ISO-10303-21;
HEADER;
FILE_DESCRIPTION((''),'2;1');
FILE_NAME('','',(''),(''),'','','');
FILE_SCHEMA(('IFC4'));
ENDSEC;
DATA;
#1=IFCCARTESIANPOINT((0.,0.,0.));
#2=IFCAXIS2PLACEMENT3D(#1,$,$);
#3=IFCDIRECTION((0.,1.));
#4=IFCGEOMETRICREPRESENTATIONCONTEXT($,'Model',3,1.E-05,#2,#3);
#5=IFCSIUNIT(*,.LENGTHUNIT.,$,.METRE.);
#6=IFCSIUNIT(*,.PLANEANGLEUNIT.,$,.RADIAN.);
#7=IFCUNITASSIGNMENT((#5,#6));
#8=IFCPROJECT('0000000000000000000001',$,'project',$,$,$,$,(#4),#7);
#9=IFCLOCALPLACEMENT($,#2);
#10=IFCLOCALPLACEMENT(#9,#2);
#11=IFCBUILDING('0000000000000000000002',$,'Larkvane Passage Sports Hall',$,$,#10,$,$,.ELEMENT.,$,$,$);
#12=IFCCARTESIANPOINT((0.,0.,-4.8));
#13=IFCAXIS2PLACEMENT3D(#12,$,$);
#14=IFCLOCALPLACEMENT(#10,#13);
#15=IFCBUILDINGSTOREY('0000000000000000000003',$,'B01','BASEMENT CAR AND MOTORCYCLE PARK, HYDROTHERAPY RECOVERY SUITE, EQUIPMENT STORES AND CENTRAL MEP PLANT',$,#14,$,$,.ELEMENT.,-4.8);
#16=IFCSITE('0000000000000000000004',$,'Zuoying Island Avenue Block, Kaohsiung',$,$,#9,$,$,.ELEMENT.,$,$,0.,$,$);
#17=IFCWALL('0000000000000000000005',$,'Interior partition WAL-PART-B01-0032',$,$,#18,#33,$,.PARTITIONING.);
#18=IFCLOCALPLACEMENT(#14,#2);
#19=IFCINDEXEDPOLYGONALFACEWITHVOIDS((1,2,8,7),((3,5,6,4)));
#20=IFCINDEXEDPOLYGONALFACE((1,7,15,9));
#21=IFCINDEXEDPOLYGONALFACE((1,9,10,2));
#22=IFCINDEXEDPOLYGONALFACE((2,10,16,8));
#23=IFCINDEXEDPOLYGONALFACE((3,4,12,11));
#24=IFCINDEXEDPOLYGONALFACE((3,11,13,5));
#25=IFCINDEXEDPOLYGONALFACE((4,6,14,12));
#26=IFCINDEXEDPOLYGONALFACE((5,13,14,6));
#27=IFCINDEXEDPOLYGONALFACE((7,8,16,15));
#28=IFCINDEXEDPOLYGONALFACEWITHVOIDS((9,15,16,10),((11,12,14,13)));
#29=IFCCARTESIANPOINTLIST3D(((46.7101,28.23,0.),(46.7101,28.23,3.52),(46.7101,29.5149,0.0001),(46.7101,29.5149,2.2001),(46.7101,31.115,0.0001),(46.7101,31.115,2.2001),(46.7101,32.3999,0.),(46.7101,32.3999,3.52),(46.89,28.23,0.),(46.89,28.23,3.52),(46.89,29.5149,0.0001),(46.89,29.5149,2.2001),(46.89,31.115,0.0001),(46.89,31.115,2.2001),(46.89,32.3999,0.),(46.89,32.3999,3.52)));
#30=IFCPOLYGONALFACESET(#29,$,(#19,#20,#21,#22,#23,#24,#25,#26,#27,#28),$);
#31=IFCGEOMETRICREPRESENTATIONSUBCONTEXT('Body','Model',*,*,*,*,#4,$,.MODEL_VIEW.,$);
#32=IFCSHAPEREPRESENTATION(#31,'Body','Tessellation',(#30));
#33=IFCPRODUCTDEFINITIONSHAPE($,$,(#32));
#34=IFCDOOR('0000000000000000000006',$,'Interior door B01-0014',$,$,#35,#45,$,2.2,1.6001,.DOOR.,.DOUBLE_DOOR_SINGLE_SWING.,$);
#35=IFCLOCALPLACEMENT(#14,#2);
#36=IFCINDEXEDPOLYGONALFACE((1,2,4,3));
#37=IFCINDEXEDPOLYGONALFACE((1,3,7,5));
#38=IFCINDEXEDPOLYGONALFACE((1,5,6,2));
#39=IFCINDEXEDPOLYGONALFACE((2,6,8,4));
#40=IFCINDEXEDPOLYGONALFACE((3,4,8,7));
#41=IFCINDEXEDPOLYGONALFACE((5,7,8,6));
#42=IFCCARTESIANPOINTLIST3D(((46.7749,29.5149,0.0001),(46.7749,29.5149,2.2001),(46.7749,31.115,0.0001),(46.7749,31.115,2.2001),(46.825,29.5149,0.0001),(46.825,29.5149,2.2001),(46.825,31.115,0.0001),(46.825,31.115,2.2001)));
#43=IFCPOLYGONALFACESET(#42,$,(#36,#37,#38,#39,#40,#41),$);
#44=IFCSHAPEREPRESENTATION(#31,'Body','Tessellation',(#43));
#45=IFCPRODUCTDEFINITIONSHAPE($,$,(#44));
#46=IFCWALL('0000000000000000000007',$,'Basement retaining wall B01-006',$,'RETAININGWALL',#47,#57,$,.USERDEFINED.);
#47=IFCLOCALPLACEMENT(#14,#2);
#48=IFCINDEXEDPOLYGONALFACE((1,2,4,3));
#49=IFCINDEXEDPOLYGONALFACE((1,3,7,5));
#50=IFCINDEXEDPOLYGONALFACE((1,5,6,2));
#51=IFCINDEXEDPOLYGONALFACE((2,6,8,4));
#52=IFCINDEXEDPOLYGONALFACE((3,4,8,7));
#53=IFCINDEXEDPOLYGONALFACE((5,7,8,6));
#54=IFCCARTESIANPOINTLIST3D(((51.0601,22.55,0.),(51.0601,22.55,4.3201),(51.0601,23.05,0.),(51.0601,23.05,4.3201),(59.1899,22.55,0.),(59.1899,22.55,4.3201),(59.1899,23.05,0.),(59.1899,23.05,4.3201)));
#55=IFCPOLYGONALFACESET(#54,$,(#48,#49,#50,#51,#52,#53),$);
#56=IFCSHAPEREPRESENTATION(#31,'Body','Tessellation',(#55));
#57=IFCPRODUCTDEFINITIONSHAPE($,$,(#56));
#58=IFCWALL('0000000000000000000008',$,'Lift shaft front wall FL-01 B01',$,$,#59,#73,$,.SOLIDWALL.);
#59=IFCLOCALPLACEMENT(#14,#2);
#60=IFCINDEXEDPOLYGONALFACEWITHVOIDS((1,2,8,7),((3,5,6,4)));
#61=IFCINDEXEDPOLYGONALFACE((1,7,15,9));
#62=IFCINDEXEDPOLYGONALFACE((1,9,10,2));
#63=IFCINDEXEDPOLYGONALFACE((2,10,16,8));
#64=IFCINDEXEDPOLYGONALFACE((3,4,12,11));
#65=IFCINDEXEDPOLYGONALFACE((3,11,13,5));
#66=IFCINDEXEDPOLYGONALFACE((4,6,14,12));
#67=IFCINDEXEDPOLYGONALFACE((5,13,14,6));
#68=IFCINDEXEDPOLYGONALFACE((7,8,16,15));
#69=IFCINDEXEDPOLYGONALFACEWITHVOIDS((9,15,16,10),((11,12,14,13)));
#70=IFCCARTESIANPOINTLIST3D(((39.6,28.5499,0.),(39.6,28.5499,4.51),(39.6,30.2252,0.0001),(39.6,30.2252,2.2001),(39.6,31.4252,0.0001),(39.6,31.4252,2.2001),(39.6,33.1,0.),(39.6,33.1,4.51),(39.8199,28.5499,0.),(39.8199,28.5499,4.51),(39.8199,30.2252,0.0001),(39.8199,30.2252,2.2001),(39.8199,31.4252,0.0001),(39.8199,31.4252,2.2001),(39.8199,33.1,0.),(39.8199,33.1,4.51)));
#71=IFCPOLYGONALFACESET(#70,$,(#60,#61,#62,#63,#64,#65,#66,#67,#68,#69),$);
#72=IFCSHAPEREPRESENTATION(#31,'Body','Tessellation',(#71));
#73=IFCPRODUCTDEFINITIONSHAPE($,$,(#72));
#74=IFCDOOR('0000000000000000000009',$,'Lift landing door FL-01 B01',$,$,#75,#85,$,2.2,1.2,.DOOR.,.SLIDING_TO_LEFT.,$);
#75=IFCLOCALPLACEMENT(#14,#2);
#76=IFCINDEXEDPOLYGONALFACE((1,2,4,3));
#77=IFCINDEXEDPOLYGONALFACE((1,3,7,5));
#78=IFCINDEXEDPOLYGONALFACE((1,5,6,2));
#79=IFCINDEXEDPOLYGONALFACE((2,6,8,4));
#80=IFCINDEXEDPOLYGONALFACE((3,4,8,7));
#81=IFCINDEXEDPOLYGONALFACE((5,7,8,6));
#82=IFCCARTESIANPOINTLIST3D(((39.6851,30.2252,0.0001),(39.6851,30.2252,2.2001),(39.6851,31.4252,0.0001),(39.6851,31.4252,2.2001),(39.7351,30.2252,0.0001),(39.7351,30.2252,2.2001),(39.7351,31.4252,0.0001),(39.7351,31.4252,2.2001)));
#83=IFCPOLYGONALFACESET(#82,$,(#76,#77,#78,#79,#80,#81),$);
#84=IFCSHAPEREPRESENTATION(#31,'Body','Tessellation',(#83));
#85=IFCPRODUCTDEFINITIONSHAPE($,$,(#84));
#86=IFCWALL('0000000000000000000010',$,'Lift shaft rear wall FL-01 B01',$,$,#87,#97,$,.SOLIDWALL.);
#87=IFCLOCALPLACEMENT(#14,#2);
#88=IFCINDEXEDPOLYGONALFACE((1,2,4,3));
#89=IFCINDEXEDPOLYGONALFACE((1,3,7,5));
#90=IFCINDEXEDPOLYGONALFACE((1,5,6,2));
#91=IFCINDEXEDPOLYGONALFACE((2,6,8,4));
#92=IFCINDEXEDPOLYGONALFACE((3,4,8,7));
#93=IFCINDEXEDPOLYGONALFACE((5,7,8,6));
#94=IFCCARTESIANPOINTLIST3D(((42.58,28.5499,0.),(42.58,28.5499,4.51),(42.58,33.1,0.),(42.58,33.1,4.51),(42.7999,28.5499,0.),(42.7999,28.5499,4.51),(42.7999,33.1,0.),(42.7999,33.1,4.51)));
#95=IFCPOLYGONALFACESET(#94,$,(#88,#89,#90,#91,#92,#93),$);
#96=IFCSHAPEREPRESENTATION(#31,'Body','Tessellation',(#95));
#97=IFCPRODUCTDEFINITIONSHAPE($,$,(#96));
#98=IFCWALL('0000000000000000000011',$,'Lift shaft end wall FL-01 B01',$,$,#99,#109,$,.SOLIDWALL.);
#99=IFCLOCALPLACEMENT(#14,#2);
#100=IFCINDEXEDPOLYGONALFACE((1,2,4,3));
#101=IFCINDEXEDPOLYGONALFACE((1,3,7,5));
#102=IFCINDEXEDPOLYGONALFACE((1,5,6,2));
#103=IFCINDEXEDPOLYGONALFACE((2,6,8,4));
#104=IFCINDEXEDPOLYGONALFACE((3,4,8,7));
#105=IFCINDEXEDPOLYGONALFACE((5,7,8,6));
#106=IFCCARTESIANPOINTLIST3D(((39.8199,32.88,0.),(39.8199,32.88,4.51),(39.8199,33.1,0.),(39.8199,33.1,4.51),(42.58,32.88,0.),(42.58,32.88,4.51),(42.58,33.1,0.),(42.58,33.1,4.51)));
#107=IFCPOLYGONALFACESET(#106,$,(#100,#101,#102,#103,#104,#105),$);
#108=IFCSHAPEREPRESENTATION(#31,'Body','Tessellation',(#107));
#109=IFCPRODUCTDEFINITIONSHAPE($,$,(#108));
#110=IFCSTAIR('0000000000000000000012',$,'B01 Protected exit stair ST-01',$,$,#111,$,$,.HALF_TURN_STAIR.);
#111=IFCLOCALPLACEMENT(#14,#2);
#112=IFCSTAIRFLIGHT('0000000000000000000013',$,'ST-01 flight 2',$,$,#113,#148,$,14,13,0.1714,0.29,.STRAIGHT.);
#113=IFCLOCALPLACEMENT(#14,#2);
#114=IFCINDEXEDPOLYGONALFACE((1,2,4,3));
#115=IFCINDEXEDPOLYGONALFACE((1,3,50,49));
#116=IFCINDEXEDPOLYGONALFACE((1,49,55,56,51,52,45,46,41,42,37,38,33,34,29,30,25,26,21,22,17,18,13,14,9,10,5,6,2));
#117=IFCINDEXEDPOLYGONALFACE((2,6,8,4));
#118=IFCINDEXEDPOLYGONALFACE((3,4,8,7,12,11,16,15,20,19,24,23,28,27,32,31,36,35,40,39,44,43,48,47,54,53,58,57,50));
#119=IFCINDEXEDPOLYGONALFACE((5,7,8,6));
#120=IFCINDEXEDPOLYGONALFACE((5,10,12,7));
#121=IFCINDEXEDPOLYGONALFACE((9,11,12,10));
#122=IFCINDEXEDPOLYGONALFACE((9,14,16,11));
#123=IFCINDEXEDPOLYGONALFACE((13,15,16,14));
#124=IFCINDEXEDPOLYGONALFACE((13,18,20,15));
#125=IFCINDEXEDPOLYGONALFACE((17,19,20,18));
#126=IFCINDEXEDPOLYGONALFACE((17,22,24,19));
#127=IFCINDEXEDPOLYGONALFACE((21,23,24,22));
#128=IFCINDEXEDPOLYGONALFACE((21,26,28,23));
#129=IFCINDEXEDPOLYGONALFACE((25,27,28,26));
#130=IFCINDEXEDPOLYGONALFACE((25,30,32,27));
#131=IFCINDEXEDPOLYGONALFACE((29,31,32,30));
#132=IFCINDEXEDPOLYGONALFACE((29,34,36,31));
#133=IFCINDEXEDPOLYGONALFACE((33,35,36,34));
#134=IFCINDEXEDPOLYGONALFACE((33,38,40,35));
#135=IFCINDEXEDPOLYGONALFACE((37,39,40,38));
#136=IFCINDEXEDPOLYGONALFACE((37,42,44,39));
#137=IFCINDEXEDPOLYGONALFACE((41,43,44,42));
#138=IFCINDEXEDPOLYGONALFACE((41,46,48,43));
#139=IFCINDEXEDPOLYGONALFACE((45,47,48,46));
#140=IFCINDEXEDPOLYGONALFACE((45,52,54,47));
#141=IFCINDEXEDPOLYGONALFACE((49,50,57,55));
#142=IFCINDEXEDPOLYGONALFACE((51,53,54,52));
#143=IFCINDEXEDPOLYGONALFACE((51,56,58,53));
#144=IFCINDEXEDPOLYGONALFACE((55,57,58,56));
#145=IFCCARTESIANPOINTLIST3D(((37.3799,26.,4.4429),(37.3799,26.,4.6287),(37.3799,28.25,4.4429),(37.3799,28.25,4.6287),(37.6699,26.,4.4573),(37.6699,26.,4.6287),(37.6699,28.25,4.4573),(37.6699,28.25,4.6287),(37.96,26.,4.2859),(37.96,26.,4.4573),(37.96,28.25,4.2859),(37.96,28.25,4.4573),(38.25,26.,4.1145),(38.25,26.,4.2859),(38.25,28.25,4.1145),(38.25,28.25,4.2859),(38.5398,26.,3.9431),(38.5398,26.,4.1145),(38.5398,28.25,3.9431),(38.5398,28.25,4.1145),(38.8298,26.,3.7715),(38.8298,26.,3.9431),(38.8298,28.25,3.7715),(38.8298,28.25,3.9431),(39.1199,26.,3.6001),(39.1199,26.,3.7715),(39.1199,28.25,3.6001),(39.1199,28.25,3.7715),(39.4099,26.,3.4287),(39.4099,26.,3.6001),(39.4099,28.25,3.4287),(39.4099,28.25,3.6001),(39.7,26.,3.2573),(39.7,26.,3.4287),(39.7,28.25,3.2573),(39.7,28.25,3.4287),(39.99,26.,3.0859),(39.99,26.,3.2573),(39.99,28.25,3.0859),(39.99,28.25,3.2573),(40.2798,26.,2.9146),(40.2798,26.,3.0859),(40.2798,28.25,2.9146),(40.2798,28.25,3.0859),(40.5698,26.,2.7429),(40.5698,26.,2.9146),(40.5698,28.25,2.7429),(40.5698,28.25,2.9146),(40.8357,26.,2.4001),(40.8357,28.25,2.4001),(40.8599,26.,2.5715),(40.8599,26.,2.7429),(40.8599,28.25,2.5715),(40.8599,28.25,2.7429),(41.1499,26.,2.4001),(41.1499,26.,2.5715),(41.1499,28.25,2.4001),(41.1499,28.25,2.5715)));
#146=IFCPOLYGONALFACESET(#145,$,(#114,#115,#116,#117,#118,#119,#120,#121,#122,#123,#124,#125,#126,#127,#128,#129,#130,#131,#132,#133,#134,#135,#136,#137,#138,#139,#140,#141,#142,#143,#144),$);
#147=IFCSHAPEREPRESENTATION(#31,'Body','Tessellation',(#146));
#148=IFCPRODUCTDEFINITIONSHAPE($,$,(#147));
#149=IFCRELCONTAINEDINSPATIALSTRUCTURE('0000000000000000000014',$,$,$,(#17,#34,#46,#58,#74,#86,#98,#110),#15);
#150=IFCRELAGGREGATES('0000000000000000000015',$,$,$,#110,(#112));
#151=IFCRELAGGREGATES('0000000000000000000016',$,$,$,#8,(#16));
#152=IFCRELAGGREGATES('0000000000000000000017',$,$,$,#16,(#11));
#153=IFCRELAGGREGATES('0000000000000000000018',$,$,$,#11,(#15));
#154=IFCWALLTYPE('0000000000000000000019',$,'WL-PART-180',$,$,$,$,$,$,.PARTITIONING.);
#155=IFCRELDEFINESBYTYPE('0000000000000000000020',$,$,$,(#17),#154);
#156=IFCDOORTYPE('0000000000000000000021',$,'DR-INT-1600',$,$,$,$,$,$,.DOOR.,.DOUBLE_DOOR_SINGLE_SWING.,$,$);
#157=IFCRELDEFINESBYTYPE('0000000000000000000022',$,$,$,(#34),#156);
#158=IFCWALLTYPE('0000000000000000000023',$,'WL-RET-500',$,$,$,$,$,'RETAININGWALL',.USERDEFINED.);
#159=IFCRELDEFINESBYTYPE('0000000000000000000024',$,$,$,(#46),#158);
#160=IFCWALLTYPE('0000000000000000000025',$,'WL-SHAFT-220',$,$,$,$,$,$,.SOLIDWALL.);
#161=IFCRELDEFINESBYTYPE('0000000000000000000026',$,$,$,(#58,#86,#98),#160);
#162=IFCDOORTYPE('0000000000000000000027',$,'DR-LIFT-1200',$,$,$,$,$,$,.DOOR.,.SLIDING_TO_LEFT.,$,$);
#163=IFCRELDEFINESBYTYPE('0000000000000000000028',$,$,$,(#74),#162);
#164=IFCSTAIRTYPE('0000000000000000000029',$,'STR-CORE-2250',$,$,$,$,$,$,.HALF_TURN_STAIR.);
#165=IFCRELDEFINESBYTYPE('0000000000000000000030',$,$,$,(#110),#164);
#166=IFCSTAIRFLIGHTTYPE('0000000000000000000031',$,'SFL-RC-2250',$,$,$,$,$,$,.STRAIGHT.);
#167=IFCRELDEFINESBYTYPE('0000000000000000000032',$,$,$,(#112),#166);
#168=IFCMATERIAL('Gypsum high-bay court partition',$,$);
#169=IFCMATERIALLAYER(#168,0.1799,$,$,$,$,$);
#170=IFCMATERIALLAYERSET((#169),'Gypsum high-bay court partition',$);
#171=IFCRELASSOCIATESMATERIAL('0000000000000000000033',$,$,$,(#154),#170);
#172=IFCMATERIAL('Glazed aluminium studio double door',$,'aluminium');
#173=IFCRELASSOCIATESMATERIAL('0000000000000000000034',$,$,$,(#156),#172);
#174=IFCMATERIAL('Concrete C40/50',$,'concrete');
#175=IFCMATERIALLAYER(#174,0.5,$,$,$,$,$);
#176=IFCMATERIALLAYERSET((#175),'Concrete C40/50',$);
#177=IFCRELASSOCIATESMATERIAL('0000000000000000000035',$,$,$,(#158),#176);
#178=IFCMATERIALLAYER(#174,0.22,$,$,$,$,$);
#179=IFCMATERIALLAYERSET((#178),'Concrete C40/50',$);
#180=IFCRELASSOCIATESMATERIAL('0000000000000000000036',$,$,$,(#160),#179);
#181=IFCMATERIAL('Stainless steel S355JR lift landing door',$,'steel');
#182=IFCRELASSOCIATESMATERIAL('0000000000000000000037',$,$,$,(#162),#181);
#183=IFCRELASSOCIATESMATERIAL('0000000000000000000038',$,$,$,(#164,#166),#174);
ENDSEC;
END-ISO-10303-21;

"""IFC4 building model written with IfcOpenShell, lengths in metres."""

from ifc_helpers import new_model, si_unit, direction, frame, frame_2d, origin, place, context, subcontext, project, spatial, polyline, rectangle, outline, extrude, material, layer, layer_set, type_object, element, fill, aggregate, save


model = new_model("IFC4")

# Units and contexts
model_context = context("Model", 3, precision=1e-05, world=origin(), true_north=direction((0.0, 1.0)))
body_context = subcontext(model_context, "Body", "Model", "MODEL_VIEW")
ifc_project = project(units=[si_unit("LENGTHUNIT", "METRE"), si_unit("PLANEANGLEUNIT", "RADIAN")], contexts=[model_context])

# Site, building, storey
site_placement = place(None, origin())
site = spatial("IfcSite", under=ifc_project, at=site_placement, Name="Zuoying Island Avenue Block, Kaohsiung", CompositionType="ELEMENT", RefElevation=0.0)
building_placement = place(site_placement, origin())
building = spatial("IfcBuilding", under=site, at=building_placement, Name="Larkvane Passage Sports Hall", CompositionType="ELEMENT")
storey_placement = place(building_placement, frame((0.0, 0.0, -4.8)))
storey = spatial("IfcBuildingStorey", under=building, at=storey_placement, Name="B01", Description="BASEMENT CAR AND MOTORCYCLE PARK, HYDROTHERAPY RECOVERY SUITE, EQUIPMENT STORES AND CENTRAL MEP PLANT", CompositionType="ELEMENT", Elevation=-4.8)

# Shared definitions
ifc_material_1 = material(Name="Concrete C40/50", Category="concrete")

# Wall, opening, door
ifc_material_2 = material(Name="Gypsum high-bay court partition")
ifc_layer_1 = layer(ifc_material_2, 0.1799)
ifc_layer_set_1 = layer_set([ifc_layer_1], Name="Gypsum high-bay court partition")
wall_type_1 = type_object("IfcWallType", Name="WL-PART-180", PredefinedType="PARTITIONING", material=ifc_layer_set_1)
wall_1_placement = place(storey_placement, frame((46.8, 32.3999, 0.0), z_axis=(0.0, 0.0, 1.0), x_axis=(0.0, -1.0, 0.0)))
wall_1 = element("IfcWall", 1, at=wall_1_placement, inside=storey, type_object=wall_type_1, Name="Interior partition WAL-PART-B01-0032", PredefinedType="PARTITIONING", context=body_context, shape_type="SweptSolid", body=[
    extrude(rectangle(XDim=4.1699, YDim=0.1799, at=frame_2d((2.085, 0.0))), origin(), (0.0, 0.0, 1.0), 3.52),
])
opening_1_placement = place(wall_1_placement, frame((1.2849, 0.0, 0.0)))
opening_1 = element("IfcOpeningElement", 2, at=opening_1_placement, cuts=wall_1, PredefinedType="OPENING", context=body_context, shape_type="SweptSolid", body=[
    extrude(rectangle(XDim=1.6001, YDim=2.2, at=frame_2d((0.8, 1.1001))), frame((0.0, 0.0999, 0.0), z_axis=(0.0, -1.0, 0.0), x_axis=(1.0, 0.0, 0.0)), (0.0, 0.0, 1.0), 0.2),
])
ifc_material_3 = material(Name="Glazed aluminium studio double door", Category="aluminium")
door_type_1 = type_object("IfcDoorType", Name="DR-INT-1600", OperationType="DOUBLE_DOOR_SINGLE_SWING", PredefinedType="DOOR", material=ifc_material_3)
door_1_placement = place(opening_1_placement, origin())
door_1 = element("IfcDoor", 3, at=door_1_placement, inside=storey, type_object=door_type_1, Name="Interior door B01-0014", OperationType="DOUBLE_DOOR_SINGLE_SWING", OverallHeight=2.2, OverallWidth=1.6001, PredefinedType="DOOR", context=body_context, shape_type="SweptSolid", body=[
    extrude(rectangle(XDim=1.6001, YDim=2.2, at=frame_2d((0.8, 1.1001))), frame((0.0, 0.0249, 0.0), z_axis=(0.0, -1.0, 0.0), x_axis=(1.0, 0.0, 0.0)), (0.0, 0.0, 1.0), 0.05),
])
fill(opening_1, door_1)

# Wall
ifc_layer_2 = layer(ifc_material_1, 0.5)
ifc_layer_set_2 = layer_set([ifc_layer_2], Name="Concrete C40/50")
wall_type_2 = type_object("IfcWallType", Name="WL-RET-500", ElementType="RETAININGWALL", PredefinedType="USERDEFINED", material=ifc_layer_set_2)
wall_2_placement = place(storey_placement, frame((51.0601, 22.8, 0.0), z_axis=(0.0, 0.0, 1.0), x_axis=(1.0, 0.0, 0.0)))
element("IfcWall", 4, at=wall_2_placement, inside=storey, type_object=wall_type_2, Name="Basement retaining wall B01-006", ObjectType="RETAININGWALL", PredefinedType="USERDEFINED", context=body_context, shape_type="SweptSolid", body=[
    extrude(rectangle(XDim=8.1299, YDim=0.5, at=frame_2d((4.0649, 0.0))), origin(), (0.0, 0.0, 1.0), 4.3201),
])

# Wall, opening, door
ifc_layer_3 = layer(ifc_material_1, 0.22)
ifc_layer_set_3 = layer_set([ifc_layer_3], Name="Concrete C40/50")
wall_type_3 = type_object("IfcWallType", Name="WL-SHAFT-220", PredefinedType="SOLIDWALL", material=ifc_layer_set_3)
wall_3_placement = place(storey_placement, frame((39.71, 28.55, 0.0), z_axis=(0.0, 0.0, 1.0), x_axis=(0.0, 1.0, 0.0)))
wall_3 = element("IfcWall", 5, at=wall_3_placement, inside=storey, type_object=wall_type_3, Name="Lift shaft front wall FL-01 B01", PredefinedType="SOLIDWALL", context=body_context, shape_type="SweptSolid", body=[
    extrude(rectangle(XDim=4.55, YDim=0.22, at=frame_2d((2.2749, 0.0))), origin(), (0.0, 0.0, 1.0), 4.51),
])
opening_2_placement = place(wall_3_placement, frame((1.675, 0.0, 0.0)))
opening_2 = element("IfcOpeningElement", 6, at=opening_2_placement, cuts=wall_3, PredefinedType="OPENING", context=body_context, shape_type="SweptSolid", body=[
    extrude(rectangle(XDim=1.2, YDim=2.2, at=frame_2d((0.6001, 1.1001))), frame((0.0, 0.1199, 0.0), z_axis=(0.0, -1.0, 0.0), x_axis=(1.0, 0.0, 0.0)), (0.0, 0.0, 1.0), 0.24),
])
ifc_material_4 = material(Name="Stainless steel S355JR lift landing door", Category="steel")
door_type_2 = type_object("IfcDoorType", Name="DR-LIFT-1200", OperationType="SLIDING_TO_LEFT", PredefinedType="DOOR", material=ifc_material_4)
door_2_placement = place(opening_2_placement, origin())
door_2 = element("IfcDoor", 7, at=door_2_placement, inside=storey, type_object=door_type_2, Name="Lift landing door FL-01 B01", OperationType="SLIDING_TO_LEFT", OverallHeight=2.2, OverallWidth=1.2, PredefinedType="DOOR", context=body_context, shape_type="SweptSolid", body=[
    extrude(rectangle(XDim=1.2, YDim=2.2, at=frame_2d((0.6001, 1.1001))), frame((0.0, 0.0249, 0.0), z_axis=(0.0, -1.0, 0.0), x_axis=(1.0, 0.0, 0.0)), (0.0, 0.0, 1.0), 0.05),
])
fill(opening_2, door_2)

# Walls
wall_4_placement = place(storey_placement, frame((42.6899, 28.55, 0.0), z_axis=(0.0, 0.0, 1.0), x_axis=(0.0, 1.0, 0.0)))
element("IfcWall", 8, at=wall_4_placement, inside=storey, type_object=wall_type_3, Name="Lift shaft rear wall FL-01 B01", PredefinedType="SOLIDWALL", context=body_context, shape_type="SweptSolid", body=[
    extrude(rectangle(XDim=4.55, YDim=0.22, at=frame_2d((2.2749, 0.0))), origin(), (0.0, 0.0, 1.0), 4.51),
])
wall_5_placement = place(storey_placement, frame((39.8201, 32.99, 0.0), z_axis=(0.0, 0.0, 1.0), x_axis=(1.0, 0.0, 0.0)))
element("IfcWall", 9, at=wall_5_placement, inside=storey, type_object=wall_type_3, Name="Lift shaft end wall FL-01 B01", PredefinedType="SOLIDWALL", context=body_context, shape_type="SweptSolid", body=[
    extrude(rectangle(XDim=2.76, YDim=0.22, at=frame_2d((1.3799, 0.0))), origin(), (0.0, 0.0, 1.0), 4.51),
])

# Stair, stair flight
stair_type = type_object("IfcStairType", Name="STR-CORE-2250", PredefinedType="HALF_TURN_STAIR", material=ifc_material_1)
stair_placement = place(storey_placement, origin())
stair = element("IfcStair", 10, at=stair_placement, inside=storey, type_object=stair_type, Name="B01 Protected exit stair ST-01", PredefinedType="HALF_TURN_STAIR")
stair_flight_type = type_object("IfcStairFlightType", Name="SFL-RC-2250", PredefinedType="STRAIGHT", material=ifc_material_1)
stair_flight_placement = place(storey_placement, frame((41.1499, 27.125, 2.4001), z_axis=(0.0, 0.0, 1.0), x_axis=(-1.0, 0.0, 0.0)))
stair_flight = element("IfcStairFlight", 11, at=stair_flight_placement, type_object=stair_flight_type, Name="ST-01 flight 2", NumberOfRisers=14, NumberOfTreads=13, PredefinedType="STRAIGHT", RiserHeight=0.1714, TreadLength=0.29, context=body_context, shape_type="SweptSolid", body=[
    extrude(outline(polyline([(0.0, 0.0), (0.0, 0.1714), (0.29, 0.1714), (0.29, 0.3428), (0.5801, 0.3428), (0.5801, 0.5144), (0.8701, 0.5144), (0.8701, 0.6858), (1.1599, 0.6858), (1.1599, 0.8572), (1.45, 0.8572), (1.45, 1.0286), (1.74, 1.0286), (1.74, 1.2), (2.03, 1.2), (2.03, 1.3713), (2.3201, 1.3713), (2.3201, 1.543), (2.6101, 1.543), (2.6101, 1.7144), (2.8999, 1.7144), (2.8999, 1.8857), (3.1899, 1.8857), (3.1899, 2.0571), (3.48, 2.0571), (3.48, 2.2285), (3.77, 2.2285), (3.77, 2.3999), (3.77, 2.0427), (0.3142, 0.0), (0.0, 0.0)])), frame((0.0, 1.125, 0.0), z_axis=(0.0, -1.0, 0.0), x_axis=(1.0, 0.0, 0.0)), (0.0, 0.0, 1.0), 2.25),
])
aggregate(stair, [stair_flight])

save(model, "model.ifc")
